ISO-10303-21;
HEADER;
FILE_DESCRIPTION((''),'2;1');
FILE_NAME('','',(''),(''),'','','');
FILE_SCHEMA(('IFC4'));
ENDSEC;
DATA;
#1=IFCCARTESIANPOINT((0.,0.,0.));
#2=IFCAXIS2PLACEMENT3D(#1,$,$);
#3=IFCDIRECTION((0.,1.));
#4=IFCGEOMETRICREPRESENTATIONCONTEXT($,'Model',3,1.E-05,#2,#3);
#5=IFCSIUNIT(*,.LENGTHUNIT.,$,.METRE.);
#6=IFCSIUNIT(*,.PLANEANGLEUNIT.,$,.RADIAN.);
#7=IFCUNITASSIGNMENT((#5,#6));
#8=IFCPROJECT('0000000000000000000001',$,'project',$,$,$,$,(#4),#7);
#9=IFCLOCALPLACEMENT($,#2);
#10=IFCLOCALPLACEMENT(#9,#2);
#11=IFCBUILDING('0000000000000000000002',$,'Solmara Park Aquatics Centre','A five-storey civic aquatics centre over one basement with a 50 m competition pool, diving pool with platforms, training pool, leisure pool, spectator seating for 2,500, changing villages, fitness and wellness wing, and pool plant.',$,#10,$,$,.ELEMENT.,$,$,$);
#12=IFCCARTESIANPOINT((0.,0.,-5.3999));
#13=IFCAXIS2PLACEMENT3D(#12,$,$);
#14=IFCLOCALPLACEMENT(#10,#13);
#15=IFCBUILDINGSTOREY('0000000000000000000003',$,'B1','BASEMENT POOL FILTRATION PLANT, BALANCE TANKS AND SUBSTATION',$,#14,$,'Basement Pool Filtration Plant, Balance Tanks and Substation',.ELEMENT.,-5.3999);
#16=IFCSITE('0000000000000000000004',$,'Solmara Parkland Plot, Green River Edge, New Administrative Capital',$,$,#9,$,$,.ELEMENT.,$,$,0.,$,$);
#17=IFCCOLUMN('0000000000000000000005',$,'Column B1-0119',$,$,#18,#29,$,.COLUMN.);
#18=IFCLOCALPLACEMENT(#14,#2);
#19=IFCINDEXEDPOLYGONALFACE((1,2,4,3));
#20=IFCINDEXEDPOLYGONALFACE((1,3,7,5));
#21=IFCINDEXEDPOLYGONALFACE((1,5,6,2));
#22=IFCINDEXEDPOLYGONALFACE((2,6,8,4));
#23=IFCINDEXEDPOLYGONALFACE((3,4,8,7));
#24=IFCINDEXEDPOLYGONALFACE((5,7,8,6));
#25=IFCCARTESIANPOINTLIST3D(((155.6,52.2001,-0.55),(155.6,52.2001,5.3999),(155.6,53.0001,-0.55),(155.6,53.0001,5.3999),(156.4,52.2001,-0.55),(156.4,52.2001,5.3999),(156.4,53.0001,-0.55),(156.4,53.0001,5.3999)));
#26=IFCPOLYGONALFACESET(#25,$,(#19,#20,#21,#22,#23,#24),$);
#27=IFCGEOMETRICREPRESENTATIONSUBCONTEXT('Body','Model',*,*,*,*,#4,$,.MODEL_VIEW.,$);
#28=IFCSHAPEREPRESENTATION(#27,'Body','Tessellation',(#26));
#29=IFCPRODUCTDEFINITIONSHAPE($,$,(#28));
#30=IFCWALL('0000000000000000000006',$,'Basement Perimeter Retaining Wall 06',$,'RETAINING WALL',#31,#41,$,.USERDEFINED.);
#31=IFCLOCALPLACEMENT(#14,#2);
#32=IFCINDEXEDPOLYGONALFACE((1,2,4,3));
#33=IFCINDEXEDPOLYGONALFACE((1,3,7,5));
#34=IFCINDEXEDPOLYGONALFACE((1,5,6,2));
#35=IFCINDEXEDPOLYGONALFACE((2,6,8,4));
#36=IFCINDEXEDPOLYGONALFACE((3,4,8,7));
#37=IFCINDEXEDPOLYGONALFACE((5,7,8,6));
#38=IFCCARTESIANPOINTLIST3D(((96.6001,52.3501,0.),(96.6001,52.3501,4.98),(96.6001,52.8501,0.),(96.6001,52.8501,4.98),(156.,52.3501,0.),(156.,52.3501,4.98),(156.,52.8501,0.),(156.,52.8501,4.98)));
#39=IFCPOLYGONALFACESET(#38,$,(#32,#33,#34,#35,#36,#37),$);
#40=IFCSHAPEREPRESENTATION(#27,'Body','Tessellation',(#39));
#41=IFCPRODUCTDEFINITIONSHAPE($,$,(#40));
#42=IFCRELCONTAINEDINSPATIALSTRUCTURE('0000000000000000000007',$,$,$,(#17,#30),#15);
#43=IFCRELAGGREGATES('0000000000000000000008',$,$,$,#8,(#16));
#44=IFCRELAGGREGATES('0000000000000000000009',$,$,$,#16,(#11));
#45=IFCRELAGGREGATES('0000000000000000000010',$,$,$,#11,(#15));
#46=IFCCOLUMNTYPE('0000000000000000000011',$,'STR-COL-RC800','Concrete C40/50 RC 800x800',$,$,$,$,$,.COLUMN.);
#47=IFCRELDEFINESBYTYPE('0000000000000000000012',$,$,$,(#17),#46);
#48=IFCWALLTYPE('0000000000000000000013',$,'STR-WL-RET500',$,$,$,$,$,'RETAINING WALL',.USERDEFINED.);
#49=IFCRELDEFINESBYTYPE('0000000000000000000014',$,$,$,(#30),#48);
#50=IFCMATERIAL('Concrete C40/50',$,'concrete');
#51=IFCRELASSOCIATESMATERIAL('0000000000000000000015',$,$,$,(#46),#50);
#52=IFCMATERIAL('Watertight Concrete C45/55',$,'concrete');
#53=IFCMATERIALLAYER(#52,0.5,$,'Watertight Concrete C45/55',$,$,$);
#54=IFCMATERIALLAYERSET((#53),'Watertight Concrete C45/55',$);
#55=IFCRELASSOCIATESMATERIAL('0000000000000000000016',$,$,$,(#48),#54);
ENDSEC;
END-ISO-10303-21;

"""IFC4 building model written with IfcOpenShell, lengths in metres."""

from ifc_helpers import new_model, si_unit, direction, frame, frame_2d, origin, origin_2d, place, context, subcontext, project, spatial, rectangle, extrude, material, layer, layer_set, material_profile, profile_set, type_object, element, save


model = new_model("IFC4")

# Units and contexts
model_context = context("Model", 3, precision=1e-05, world=origin(), true_north=direction((0.0, 1.0)))
body_context = subcontext(model_context, "Body", "Model", "MODEL_VIEW")
ifc_project = project(units=[si_unit("LENGTHUNIT", "METRE"), si_unit("PLANEANGLEUNIT", "RADIAN")], contexts=[model_context])

# Site, building, storey
site_placement = place(None, origin())
site = spatial("IfcSite", under=ifc_project, at=site_placement, Name="Solmara Parkland Plot, Green River Edge, New Administrative Capital", CompositionType="ELEMENT", RefElevation=0.0)
building_placement = place(site_placement, origin())
building = spatial("IfcBuilding", under=site, at=building_placement, Name="Solmara Park Aquatics Centre", Description="A five-storey civic aquatics centre over one basement with a 50 m competition pool, diving pool with platforms, training pool, leisure pool, spectator seating for 2,500, changing villages, fitness and wellness wing, and pool plant.", CompositionType="ELEMENT")
storey_placement = place(building_placement, frame((0.0, 0.0, -5.3999)))
storey = spatial("IfcBuildingStorey", under=building, at=storey_placement, Name="B1", Description="BASEMENT POOL FILTRATION PLANT, BALANCE TANKS AND SUBSTATION", LongName="Basement Pool Filtration Plant, Balance Tanks and Substation", CompositionType="ELEMENT", Elevation=-5.3999)

# Shared definitions
ifc_material_1 = material(Name="Watertight Concrete C45/55", Category="concrete")

# Column
ifc_material_2 = material(Name="Concrete C40/50", Category="concrete")
ifc_material_profile_1 = material_profile(ifc_material_2, rectangle(XDim=0.8, YDim=0.8, at=origin_2d()), Name="RC 800x800")
ifc_profile_set_1 = profile_set([ifc_material_profile_1], Name="Concrete C40/50")
column_type_1 = type_object("IfcColumnType", Name="STR-COL-RC800", Description="Concrete C40/50 RC 800x800", PredefinedType="COLUMN", material=ifc_profile_set_1)
column_1_placement = place(storey_placement, frame((156.0, 52.6001, -0.55), z_axis=(0.0, 0.0, 1.0), x_axis=(1.0, 0.0, 0.0)))
element("IfcColumn", 1, at=column_1_placement, inside=storey, type_object=column_type_1, Name="Column B1-0119", PredefinedType="COLUMN", context=body_context, shape_type="SweptSolid", body=[
    extrude(rectangle(XDim=0.8, YDim=0.8, at=origin_2d()), origin(), (0.0, 0.0, 1.0), 5.95),
])

# Wall
ifc_layer = layer(ifc_material_1, 0.5, Name="Watertight Concrete C45/55")
ifc_layer_set = layer_set([ifc_layer], Name="Watertight Concrete C45/55")
wall_type = type_object("IfcWallType", Name="STR-WL-RET500", ElementType="RETAINING WALL", PredefinedType="USERDEFINED", material=ifc_layer_set)
wall_placement = place(storey_placement, frame((156.0, 52.6001, 0.0), z_axis=(0.0, 0.0, 1.0), x_axis=(-1.0, 0.0, 0.0)))
element("IfcWall", 2, at=wall_placement, inside=storey, type_object=wall_type, Name="Basement Perimeter Retaining Wall 06", ObjectType="RETAINING WALL", PredefinedType="USERDEFINED", context=body_context, shape_type="SweptSolid", body=[
    extrude(rectangle(XDim=59.3999, YDim=0.5, at=frame_2d((29.7, 0.0))), origin(), (0.0, 0.0, 1.0), 4.98),
])

save(model, "model.ifc")
